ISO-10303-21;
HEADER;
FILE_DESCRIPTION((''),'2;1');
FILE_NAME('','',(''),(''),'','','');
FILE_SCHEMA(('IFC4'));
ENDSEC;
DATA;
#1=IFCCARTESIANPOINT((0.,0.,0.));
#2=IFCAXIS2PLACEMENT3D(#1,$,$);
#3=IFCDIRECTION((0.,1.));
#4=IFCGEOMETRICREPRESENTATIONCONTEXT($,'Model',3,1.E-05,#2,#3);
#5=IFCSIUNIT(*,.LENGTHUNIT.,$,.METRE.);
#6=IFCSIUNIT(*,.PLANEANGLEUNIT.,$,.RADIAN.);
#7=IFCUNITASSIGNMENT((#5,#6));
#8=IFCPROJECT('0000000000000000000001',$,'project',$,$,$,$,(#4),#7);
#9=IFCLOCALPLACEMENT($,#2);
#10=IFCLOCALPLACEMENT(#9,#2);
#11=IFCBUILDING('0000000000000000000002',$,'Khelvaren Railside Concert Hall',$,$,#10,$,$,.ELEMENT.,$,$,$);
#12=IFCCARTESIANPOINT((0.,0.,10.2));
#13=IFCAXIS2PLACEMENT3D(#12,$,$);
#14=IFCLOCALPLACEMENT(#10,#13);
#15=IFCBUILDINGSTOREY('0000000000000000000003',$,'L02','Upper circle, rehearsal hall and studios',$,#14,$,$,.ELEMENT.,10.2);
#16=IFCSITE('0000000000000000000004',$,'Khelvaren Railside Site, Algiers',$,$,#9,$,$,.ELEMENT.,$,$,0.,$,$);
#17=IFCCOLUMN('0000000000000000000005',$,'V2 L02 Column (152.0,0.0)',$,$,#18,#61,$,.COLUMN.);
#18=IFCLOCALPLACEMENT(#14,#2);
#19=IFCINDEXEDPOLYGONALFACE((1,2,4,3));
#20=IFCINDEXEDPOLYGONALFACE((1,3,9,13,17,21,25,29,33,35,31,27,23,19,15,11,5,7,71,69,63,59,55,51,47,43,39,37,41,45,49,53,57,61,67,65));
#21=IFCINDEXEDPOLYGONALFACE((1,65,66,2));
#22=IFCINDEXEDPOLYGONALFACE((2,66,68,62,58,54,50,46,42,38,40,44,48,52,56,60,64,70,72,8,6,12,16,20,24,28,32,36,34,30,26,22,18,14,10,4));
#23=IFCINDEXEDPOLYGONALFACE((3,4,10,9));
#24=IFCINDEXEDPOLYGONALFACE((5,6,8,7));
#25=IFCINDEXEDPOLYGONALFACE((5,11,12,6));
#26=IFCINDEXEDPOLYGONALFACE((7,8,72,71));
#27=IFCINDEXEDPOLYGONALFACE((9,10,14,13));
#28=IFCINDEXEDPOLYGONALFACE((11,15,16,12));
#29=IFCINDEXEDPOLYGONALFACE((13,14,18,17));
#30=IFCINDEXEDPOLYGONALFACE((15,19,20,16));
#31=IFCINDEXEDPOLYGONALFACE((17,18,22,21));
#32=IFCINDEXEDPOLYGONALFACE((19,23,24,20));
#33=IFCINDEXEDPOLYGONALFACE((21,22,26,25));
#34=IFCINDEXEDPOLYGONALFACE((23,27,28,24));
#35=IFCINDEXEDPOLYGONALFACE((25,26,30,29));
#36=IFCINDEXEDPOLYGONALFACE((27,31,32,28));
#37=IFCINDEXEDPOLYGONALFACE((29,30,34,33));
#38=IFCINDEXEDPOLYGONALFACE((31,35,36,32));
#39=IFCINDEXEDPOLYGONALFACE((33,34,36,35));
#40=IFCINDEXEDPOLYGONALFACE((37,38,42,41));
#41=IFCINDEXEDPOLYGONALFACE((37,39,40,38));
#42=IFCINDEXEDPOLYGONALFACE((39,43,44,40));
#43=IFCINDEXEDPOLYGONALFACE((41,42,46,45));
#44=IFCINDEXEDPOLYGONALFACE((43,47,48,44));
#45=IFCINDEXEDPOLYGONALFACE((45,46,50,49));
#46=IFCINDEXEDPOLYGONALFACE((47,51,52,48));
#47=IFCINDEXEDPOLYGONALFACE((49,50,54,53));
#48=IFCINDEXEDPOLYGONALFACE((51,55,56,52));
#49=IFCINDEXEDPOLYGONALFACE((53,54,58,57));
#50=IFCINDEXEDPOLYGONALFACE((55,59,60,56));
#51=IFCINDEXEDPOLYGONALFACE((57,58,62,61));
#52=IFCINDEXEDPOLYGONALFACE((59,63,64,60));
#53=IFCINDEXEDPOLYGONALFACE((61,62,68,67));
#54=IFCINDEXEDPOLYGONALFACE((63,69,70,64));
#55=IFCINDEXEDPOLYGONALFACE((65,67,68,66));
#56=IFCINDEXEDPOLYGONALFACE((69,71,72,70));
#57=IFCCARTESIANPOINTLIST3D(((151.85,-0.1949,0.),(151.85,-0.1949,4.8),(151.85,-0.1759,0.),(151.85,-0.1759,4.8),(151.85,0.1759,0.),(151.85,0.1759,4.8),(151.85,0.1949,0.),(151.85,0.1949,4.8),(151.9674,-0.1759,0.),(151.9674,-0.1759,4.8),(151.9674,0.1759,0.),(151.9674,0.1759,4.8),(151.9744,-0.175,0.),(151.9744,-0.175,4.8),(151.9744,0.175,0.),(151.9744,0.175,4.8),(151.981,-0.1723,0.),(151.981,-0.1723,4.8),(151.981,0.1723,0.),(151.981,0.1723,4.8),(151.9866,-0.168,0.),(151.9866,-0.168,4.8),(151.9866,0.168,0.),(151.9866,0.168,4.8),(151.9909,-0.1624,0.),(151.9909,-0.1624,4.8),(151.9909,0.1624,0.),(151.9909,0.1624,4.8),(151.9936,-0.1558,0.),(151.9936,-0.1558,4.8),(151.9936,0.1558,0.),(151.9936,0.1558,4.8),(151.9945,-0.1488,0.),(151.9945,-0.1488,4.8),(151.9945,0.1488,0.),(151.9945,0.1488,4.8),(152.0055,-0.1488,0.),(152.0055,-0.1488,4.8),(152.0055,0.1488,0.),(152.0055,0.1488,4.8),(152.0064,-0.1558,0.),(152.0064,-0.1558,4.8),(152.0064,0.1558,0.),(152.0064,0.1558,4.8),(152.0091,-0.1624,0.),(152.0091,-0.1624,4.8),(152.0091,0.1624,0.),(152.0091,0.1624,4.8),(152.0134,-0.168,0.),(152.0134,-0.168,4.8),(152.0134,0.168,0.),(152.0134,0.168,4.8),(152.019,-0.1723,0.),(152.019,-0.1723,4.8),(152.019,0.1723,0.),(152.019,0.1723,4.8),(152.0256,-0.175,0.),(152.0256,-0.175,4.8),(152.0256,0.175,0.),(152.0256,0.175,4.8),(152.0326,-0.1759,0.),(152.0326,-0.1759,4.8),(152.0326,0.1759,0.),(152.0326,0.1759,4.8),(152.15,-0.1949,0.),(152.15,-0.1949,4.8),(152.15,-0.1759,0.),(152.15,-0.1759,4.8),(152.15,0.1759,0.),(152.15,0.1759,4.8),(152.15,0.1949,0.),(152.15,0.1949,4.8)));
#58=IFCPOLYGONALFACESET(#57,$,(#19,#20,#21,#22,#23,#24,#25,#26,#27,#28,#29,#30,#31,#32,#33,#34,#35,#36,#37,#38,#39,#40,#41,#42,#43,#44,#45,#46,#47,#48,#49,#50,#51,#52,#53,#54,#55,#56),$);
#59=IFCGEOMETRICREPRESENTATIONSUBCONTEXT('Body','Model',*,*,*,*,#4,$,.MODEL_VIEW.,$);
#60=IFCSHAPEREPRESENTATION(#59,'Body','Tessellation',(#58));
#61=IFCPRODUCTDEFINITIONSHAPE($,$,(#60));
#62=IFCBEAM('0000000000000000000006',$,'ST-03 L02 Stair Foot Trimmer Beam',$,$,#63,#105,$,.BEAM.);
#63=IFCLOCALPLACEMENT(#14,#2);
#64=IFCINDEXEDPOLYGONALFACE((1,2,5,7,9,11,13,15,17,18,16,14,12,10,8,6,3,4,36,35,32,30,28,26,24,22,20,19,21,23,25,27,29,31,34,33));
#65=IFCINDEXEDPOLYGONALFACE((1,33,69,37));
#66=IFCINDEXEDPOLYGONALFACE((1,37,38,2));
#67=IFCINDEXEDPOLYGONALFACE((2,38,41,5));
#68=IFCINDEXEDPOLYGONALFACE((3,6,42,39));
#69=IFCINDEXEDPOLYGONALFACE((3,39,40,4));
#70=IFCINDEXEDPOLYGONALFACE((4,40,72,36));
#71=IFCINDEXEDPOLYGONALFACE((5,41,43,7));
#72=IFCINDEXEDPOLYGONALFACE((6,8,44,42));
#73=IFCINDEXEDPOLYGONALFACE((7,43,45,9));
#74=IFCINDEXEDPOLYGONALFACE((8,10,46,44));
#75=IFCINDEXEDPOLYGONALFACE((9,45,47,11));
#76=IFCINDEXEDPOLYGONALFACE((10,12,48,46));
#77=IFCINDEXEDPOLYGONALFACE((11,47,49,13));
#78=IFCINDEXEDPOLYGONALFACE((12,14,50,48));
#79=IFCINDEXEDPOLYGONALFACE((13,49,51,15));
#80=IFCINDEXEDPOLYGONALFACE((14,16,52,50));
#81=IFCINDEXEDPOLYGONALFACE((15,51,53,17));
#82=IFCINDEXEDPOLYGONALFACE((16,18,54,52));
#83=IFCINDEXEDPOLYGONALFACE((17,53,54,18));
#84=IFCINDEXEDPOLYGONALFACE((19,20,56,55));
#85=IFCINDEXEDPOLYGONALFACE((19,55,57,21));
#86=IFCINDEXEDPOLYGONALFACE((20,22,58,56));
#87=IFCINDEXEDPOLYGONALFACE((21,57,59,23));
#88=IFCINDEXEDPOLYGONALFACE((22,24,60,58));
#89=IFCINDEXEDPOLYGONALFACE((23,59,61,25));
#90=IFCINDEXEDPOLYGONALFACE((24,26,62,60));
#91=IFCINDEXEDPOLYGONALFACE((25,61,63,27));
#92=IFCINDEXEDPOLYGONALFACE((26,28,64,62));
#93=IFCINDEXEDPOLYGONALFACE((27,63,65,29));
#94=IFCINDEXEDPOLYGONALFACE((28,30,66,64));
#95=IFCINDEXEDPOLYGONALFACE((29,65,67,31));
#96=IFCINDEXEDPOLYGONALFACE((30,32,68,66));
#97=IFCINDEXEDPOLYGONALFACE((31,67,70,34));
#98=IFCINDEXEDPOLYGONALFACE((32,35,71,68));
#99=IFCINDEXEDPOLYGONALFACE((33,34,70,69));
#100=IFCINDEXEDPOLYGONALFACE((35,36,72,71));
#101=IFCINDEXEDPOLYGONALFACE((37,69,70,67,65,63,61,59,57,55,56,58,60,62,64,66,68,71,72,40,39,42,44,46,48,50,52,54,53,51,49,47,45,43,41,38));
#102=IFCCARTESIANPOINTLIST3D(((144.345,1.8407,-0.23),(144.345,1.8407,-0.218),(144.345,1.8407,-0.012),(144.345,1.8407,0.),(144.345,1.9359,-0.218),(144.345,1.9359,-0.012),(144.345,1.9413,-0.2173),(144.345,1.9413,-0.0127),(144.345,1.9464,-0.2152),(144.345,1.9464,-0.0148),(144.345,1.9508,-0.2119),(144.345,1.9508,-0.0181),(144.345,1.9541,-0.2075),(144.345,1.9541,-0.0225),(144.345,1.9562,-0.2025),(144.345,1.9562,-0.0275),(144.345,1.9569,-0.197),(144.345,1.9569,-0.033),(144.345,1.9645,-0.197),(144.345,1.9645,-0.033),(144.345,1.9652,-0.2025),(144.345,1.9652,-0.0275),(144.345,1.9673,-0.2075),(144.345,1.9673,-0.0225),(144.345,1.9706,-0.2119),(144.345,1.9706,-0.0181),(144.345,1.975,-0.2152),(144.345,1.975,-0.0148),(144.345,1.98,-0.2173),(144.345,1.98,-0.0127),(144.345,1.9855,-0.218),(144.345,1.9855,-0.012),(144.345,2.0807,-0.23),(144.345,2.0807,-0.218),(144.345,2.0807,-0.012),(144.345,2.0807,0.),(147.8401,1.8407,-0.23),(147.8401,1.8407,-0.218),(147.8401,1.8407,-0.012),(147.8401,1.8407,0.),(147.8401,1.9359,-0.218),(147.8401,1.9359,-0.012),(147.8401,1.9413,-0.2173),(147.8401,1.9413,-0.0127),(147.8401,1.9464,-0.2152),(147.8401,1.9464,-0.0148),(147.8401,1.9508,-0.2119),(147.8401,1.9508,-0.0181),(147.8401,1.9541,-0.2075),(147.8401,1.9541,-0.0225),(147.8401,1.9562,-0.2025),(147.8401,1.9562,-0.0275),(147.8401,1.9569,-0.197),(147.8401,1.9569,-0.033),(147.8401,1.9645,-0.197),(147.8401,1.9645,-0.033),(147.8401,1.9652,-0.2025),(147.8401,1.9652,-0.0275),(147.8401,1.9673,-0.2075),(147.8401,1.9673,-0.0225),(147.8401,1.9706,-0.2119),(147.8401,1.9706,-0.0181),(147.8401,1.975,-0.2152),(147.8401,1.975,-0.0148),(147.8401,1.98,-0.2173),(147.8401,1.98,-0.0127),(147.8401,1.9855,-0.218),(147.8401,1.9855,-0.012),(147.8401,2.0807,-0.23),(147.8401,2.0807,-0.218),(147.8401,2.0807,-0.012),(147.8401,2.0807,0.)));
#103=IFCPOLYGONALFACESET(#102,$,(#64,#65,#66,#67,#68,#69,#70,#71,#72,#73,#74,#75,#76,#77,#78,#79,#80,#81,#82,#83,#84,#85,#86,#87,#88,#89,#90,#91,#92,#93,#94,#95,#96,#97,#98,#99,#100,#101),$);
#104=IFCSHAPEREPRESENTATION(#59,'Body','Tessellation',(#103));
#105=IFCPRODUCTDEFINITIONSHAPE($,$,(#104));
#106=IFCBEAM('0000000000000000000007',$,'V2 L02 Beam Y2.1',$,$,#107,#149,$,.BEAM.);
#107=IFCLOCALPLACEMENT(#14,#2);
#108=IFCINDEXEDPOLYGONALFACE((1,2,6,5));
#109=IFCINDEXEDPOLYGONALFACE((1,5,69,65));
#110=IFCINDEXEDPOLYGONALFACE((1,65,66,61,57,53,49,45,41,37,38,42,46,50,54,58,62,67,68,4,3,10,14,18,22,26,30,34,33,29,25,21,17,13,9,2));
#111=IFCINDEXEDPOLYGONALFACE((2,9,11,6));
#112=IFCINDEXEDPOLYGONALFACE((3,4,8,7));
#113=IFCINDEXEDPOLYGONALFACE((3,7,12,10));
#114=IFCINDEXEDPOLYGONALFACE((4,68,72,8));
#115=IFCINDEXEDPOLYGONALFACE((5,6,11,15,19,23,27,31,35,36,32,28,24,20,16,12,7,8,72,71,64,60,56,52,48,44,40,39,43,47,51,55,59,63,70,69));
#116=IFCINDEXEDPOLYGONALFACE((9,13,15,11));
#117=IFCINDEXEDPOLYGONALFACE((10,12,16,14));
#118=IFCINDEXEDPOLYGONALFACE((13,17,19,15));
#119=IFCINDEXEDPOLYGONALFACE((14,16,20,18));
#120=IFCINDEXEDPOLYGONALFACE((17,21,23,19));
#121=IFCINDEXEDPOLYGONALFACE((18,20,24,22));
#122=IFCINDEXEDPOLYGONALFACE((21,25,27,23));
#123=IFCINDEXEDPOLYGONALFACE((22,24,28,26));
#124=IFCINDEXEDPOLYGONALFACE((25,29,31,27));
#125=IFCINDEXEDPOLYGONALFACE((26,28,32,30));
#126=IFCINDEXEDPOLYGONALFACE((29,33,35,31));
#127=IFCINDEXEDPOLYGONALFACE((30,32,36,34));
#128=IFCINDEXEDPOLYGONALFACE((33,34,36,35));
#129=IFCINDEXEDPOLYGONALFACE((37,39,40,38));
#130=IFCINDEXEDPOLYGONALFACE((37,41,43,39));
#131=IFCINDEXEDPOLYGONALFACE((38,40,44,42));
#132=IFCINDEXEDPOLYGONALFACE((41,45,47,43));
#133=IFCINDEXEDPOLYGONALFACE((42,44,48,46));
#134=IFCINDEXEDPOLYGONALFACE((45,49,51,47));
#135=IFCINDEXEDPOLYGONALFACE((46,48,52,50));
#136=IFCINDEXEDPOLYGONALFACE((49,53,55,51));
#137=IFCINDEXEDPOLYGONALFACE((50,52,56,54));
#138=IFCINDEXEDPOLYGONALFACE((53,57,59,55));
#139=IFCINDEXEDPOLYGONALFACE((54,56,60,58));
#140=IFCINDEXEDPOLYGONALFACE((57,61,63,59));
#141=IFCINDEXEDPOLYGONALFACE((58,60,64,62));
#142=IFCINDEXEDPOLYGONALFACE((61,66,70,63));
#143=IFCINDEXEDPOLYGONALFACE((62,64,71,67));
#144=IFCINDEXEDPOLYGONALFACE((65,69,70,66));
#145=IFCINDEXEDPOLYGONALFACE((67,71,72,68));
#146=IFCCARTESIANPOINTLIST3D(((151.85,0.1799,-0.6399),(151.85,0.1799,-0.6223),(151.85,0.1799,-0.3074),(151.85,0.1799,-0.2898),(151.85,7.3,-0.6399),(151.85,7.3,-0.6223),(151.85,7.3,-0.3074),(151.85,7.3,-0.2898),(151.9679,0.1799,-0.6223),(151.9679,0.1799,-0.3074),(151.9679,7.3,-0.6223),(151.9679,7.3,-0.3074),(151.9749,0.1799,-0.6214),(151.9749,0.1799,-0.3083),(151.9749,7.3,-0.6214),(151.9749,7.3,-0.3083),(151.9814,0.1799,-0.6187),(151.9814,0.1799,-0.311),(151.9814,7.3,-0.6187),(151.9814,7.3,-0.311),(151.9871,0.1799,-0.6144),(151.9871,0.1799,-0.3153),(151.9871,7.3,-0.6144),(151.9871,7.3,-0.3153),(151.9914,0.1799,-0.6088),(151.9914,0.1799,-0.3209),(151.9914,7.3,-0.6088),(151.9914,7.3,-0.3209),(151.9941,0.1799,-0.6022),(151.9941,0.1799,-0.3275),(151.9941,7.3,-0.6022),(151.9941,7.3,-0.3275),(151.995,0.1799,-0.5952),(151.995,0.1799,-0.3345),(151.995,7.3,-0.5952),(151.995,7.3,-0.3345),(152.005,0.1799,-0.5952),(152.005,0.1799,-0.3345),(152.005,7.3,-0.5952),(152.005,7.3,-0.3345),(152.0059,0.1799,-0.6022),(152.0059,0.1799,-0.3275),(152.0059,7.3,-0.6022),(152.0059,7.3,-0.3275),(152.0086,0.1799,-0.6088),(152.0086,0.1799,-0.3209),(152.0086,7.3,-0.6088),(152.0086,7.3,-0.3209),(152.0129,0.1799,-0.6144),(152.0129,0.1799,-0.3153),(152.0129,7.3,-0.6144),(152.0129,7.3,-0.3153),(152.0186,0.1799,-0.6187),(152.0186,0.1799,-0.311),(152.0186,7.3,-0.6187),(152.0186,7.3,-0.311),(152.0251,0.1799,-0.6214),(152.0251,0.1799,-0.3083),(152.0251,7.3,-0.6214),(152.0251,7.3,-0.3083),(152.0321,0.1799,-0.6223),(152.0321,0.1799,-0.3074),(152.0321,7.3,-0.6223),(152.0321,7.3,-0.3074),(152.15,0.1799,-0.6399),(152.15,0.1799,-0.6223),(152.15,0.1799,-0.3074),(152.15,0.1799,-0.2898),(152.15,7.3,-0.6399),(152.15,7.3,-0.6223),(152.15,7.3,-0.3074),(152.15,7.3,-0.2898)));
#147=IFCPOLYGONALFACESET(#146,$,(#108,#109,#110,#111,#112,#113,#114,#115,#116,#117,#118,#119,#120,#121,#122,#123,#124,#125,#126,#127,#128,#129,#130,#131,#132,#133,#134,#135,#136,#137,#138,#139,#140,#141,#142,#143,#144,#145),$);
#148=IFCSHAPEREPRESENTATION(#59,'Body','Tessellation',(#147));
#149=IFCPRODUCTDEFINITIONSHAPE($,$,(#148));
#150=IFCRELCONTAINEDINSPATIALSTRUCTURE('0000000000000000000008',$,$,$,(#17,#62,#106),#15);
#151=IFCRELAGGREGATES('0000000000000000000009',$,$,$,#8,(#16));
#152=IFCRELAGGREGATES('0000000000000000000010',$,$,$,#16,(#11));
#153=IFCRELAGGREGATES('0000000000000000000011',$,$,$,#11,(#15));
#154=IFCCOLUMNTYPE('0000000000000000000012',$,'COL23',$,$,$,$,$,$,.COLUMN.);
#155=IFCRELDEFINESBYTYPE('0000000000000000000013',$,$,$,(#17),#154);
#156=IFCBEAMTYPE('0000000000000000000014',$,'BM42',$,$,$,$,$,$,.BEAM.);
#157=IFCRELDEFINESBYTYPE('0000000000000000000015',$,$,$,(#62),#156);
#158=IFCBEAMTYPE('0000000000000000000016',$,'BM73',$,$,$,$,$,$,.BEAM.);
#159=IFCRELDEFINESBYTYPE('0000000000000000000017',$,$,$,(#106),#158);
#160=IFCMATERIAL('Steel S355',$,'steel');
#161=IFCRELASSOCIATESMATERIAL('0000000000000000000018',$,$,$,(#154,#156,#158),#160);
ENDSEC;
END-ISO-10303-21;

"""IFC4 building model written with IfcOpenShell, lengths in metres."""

from ifc_helpers import new_model, si_unit, direction, frame, origin, origin_2d, place, context, subcontext, project, spatial, i_section, extrude, material, material_profile, profile_set, type_object, element, save


model = new_model("IFC4")

# Units and contexts
model_context = context("Model", 3, precision=1e-05, world=origin(), true_north=direction((0.0, 1.0)))
body_context = subcontext(model_context, "Body", "Model", "MODEL_VIEW")
ifc_project = project(units=[si_unit("LENGTHUNIT", "METRE"), si_unit("PLANEANGLEUNIT", "RADIAN")], contexts=[model_context])

# Site, building, storey
site_placement = place(None, origin())
site = spatial("IfcSite", under=ifc_project, at=site_placement, Name="Khelvaren Railside Site, Algiers", CompositionType="ELEMENT", RefElevation=0.0)
building_placement = place(site_placement, origin())
building = spatial("IfcBuilding", under=site, at=building_placement, Name="Khelvaren Railside Concert Hall", CompositionType="ELEMENT")
storey_placement = place(building_placement, frame((0.0, 0.0, 10.2)))
storey = spatial("IfcBuildingStorey", under=building, at=storey_placement, Name="L02", Description="Upper circle, rehearsal hall and studios", CompositionType="ELEMENT", Elevation=10.2)

# Column
ifc_material_1 = material(Name="Steel S355", Category="steel")
ifc_material_profile_1 = material_profile(ifc_material_1, i_section(OverallWidth=0.3, OverallDepth=0.3899, WebThickness=0.011, FlangeThickness=0.019, FilletRadius=0.0271, at=origin_2d()), Name="HEA 400")
ifc_profile_set_1 = profile_set([ifc_material_profile_1], Name="Steel S355")
column_type = type_object("IfcColumnType", Name="COL23", PredefinedType="COLUMN", material=ifc_profile_set_1)
column_placement = place(storey_placement, frame((152.0, 0.0, 0.0), z_axis=(0.0, 0.0, 1.0), x_axis=(1.0, 0.0, 0.0)))
element("IfcColumn", 1, at=column_placement, inside=storey, type_object=column_type, Name="V2 L02 Column (152.0,0.0)", PredefinedType="COLUMN", context=body_context, shape_type="SweptSolid", body=[
    extrude(i_section(OverallWidth=0.3, OverallDepth=0.3899, WebThickness=0.011, FlangeThickness=0.019, FilletRadius=0.0271, at=origin_2d()), origin(), (0.0, 0.0, 1.0), 4.8),
])

# Beams
ifc_material_profile_2 = material_profile(ifc_material_1, i_section(OverallWidth=0.24, OverallDepth=0.23, WebThickness=0.0076, FlangeThickness=0.012, FilletRadius=0.021, at=origin_2d()), Name="HEA 240")
ifc_profile_set_2 = profile_set([ifc_material_profile_2], Name="Steel S355")
beam_type_1 = type_object("IfcBeamType", Name="BM42", PredefinedType="BEAM", material=ifc_profile_set_2)
beam_1_placement = place(storey_placement, frame((144.345, 1.9607, -0.115), z_axis=(1.0, 0.0, 0.0), x_axis=(0.0, 1.0, 0.0)))
element("IfcBeam", 2, at=beam_1_placement, inside=storey, type_object=beam_type_1, Name="ST-03 L02 Stair Foot Trimmer Beam", PredefinedType="BEAM", context=body_context, shape_type="SweptSolid", body=[
    extrude(i_section(OverallWidth=0.24, OverallDepth=0.23, WebThickness=0.0076, FlangeThickness=0.012, FilletRadius=0.021, at=origin_2d()), origin(), (0.0, 0.0, 1.0), 3.4951),
])
ifc_material_profile_3 = material_profile(ifc_material_1, i_section(OverallWidth=0.3, OverallDepth=0.3501, WebThickness=0.01, FlangeThickness=0.0176, FilletRadius=0.0271, at=origin_2d()), Name="HEA 360")
ifc_profile_set_3 = profile_set([ifc_material_profile_3], Name="Steel S355")
beam_type_2 = type_object("IfcBeamType", Name="BM73", PredefinedType="BEAM", material=ifc_profile_set_3)
beam_2_placement = place(storey_placement, frame((152.0, 0.1799, -0.4648), z_axis=(0.0, 1.0, 0.0), x_axis=(-1.0, 0.0, 0.0)))
element("IfcBeam", 3, at=beam_2_placement, inside=storey, type_object=beam_type_2, Name="V2 L02 Beam Y2.1", PredefinedType="BEAM", context=body_context, shape_type="SweptSolid", body=[
    extrude(i_section(OverallWidth=0.3, OverallDepth=0.3501, WebThickness=0.01, FlangeThickness=0.0176, FilletRadius=0.0271, at=origin_2d()), origin(), (0.0, 0.0, 1.0), 7.1201),
])

save(model, "model.ifc")
